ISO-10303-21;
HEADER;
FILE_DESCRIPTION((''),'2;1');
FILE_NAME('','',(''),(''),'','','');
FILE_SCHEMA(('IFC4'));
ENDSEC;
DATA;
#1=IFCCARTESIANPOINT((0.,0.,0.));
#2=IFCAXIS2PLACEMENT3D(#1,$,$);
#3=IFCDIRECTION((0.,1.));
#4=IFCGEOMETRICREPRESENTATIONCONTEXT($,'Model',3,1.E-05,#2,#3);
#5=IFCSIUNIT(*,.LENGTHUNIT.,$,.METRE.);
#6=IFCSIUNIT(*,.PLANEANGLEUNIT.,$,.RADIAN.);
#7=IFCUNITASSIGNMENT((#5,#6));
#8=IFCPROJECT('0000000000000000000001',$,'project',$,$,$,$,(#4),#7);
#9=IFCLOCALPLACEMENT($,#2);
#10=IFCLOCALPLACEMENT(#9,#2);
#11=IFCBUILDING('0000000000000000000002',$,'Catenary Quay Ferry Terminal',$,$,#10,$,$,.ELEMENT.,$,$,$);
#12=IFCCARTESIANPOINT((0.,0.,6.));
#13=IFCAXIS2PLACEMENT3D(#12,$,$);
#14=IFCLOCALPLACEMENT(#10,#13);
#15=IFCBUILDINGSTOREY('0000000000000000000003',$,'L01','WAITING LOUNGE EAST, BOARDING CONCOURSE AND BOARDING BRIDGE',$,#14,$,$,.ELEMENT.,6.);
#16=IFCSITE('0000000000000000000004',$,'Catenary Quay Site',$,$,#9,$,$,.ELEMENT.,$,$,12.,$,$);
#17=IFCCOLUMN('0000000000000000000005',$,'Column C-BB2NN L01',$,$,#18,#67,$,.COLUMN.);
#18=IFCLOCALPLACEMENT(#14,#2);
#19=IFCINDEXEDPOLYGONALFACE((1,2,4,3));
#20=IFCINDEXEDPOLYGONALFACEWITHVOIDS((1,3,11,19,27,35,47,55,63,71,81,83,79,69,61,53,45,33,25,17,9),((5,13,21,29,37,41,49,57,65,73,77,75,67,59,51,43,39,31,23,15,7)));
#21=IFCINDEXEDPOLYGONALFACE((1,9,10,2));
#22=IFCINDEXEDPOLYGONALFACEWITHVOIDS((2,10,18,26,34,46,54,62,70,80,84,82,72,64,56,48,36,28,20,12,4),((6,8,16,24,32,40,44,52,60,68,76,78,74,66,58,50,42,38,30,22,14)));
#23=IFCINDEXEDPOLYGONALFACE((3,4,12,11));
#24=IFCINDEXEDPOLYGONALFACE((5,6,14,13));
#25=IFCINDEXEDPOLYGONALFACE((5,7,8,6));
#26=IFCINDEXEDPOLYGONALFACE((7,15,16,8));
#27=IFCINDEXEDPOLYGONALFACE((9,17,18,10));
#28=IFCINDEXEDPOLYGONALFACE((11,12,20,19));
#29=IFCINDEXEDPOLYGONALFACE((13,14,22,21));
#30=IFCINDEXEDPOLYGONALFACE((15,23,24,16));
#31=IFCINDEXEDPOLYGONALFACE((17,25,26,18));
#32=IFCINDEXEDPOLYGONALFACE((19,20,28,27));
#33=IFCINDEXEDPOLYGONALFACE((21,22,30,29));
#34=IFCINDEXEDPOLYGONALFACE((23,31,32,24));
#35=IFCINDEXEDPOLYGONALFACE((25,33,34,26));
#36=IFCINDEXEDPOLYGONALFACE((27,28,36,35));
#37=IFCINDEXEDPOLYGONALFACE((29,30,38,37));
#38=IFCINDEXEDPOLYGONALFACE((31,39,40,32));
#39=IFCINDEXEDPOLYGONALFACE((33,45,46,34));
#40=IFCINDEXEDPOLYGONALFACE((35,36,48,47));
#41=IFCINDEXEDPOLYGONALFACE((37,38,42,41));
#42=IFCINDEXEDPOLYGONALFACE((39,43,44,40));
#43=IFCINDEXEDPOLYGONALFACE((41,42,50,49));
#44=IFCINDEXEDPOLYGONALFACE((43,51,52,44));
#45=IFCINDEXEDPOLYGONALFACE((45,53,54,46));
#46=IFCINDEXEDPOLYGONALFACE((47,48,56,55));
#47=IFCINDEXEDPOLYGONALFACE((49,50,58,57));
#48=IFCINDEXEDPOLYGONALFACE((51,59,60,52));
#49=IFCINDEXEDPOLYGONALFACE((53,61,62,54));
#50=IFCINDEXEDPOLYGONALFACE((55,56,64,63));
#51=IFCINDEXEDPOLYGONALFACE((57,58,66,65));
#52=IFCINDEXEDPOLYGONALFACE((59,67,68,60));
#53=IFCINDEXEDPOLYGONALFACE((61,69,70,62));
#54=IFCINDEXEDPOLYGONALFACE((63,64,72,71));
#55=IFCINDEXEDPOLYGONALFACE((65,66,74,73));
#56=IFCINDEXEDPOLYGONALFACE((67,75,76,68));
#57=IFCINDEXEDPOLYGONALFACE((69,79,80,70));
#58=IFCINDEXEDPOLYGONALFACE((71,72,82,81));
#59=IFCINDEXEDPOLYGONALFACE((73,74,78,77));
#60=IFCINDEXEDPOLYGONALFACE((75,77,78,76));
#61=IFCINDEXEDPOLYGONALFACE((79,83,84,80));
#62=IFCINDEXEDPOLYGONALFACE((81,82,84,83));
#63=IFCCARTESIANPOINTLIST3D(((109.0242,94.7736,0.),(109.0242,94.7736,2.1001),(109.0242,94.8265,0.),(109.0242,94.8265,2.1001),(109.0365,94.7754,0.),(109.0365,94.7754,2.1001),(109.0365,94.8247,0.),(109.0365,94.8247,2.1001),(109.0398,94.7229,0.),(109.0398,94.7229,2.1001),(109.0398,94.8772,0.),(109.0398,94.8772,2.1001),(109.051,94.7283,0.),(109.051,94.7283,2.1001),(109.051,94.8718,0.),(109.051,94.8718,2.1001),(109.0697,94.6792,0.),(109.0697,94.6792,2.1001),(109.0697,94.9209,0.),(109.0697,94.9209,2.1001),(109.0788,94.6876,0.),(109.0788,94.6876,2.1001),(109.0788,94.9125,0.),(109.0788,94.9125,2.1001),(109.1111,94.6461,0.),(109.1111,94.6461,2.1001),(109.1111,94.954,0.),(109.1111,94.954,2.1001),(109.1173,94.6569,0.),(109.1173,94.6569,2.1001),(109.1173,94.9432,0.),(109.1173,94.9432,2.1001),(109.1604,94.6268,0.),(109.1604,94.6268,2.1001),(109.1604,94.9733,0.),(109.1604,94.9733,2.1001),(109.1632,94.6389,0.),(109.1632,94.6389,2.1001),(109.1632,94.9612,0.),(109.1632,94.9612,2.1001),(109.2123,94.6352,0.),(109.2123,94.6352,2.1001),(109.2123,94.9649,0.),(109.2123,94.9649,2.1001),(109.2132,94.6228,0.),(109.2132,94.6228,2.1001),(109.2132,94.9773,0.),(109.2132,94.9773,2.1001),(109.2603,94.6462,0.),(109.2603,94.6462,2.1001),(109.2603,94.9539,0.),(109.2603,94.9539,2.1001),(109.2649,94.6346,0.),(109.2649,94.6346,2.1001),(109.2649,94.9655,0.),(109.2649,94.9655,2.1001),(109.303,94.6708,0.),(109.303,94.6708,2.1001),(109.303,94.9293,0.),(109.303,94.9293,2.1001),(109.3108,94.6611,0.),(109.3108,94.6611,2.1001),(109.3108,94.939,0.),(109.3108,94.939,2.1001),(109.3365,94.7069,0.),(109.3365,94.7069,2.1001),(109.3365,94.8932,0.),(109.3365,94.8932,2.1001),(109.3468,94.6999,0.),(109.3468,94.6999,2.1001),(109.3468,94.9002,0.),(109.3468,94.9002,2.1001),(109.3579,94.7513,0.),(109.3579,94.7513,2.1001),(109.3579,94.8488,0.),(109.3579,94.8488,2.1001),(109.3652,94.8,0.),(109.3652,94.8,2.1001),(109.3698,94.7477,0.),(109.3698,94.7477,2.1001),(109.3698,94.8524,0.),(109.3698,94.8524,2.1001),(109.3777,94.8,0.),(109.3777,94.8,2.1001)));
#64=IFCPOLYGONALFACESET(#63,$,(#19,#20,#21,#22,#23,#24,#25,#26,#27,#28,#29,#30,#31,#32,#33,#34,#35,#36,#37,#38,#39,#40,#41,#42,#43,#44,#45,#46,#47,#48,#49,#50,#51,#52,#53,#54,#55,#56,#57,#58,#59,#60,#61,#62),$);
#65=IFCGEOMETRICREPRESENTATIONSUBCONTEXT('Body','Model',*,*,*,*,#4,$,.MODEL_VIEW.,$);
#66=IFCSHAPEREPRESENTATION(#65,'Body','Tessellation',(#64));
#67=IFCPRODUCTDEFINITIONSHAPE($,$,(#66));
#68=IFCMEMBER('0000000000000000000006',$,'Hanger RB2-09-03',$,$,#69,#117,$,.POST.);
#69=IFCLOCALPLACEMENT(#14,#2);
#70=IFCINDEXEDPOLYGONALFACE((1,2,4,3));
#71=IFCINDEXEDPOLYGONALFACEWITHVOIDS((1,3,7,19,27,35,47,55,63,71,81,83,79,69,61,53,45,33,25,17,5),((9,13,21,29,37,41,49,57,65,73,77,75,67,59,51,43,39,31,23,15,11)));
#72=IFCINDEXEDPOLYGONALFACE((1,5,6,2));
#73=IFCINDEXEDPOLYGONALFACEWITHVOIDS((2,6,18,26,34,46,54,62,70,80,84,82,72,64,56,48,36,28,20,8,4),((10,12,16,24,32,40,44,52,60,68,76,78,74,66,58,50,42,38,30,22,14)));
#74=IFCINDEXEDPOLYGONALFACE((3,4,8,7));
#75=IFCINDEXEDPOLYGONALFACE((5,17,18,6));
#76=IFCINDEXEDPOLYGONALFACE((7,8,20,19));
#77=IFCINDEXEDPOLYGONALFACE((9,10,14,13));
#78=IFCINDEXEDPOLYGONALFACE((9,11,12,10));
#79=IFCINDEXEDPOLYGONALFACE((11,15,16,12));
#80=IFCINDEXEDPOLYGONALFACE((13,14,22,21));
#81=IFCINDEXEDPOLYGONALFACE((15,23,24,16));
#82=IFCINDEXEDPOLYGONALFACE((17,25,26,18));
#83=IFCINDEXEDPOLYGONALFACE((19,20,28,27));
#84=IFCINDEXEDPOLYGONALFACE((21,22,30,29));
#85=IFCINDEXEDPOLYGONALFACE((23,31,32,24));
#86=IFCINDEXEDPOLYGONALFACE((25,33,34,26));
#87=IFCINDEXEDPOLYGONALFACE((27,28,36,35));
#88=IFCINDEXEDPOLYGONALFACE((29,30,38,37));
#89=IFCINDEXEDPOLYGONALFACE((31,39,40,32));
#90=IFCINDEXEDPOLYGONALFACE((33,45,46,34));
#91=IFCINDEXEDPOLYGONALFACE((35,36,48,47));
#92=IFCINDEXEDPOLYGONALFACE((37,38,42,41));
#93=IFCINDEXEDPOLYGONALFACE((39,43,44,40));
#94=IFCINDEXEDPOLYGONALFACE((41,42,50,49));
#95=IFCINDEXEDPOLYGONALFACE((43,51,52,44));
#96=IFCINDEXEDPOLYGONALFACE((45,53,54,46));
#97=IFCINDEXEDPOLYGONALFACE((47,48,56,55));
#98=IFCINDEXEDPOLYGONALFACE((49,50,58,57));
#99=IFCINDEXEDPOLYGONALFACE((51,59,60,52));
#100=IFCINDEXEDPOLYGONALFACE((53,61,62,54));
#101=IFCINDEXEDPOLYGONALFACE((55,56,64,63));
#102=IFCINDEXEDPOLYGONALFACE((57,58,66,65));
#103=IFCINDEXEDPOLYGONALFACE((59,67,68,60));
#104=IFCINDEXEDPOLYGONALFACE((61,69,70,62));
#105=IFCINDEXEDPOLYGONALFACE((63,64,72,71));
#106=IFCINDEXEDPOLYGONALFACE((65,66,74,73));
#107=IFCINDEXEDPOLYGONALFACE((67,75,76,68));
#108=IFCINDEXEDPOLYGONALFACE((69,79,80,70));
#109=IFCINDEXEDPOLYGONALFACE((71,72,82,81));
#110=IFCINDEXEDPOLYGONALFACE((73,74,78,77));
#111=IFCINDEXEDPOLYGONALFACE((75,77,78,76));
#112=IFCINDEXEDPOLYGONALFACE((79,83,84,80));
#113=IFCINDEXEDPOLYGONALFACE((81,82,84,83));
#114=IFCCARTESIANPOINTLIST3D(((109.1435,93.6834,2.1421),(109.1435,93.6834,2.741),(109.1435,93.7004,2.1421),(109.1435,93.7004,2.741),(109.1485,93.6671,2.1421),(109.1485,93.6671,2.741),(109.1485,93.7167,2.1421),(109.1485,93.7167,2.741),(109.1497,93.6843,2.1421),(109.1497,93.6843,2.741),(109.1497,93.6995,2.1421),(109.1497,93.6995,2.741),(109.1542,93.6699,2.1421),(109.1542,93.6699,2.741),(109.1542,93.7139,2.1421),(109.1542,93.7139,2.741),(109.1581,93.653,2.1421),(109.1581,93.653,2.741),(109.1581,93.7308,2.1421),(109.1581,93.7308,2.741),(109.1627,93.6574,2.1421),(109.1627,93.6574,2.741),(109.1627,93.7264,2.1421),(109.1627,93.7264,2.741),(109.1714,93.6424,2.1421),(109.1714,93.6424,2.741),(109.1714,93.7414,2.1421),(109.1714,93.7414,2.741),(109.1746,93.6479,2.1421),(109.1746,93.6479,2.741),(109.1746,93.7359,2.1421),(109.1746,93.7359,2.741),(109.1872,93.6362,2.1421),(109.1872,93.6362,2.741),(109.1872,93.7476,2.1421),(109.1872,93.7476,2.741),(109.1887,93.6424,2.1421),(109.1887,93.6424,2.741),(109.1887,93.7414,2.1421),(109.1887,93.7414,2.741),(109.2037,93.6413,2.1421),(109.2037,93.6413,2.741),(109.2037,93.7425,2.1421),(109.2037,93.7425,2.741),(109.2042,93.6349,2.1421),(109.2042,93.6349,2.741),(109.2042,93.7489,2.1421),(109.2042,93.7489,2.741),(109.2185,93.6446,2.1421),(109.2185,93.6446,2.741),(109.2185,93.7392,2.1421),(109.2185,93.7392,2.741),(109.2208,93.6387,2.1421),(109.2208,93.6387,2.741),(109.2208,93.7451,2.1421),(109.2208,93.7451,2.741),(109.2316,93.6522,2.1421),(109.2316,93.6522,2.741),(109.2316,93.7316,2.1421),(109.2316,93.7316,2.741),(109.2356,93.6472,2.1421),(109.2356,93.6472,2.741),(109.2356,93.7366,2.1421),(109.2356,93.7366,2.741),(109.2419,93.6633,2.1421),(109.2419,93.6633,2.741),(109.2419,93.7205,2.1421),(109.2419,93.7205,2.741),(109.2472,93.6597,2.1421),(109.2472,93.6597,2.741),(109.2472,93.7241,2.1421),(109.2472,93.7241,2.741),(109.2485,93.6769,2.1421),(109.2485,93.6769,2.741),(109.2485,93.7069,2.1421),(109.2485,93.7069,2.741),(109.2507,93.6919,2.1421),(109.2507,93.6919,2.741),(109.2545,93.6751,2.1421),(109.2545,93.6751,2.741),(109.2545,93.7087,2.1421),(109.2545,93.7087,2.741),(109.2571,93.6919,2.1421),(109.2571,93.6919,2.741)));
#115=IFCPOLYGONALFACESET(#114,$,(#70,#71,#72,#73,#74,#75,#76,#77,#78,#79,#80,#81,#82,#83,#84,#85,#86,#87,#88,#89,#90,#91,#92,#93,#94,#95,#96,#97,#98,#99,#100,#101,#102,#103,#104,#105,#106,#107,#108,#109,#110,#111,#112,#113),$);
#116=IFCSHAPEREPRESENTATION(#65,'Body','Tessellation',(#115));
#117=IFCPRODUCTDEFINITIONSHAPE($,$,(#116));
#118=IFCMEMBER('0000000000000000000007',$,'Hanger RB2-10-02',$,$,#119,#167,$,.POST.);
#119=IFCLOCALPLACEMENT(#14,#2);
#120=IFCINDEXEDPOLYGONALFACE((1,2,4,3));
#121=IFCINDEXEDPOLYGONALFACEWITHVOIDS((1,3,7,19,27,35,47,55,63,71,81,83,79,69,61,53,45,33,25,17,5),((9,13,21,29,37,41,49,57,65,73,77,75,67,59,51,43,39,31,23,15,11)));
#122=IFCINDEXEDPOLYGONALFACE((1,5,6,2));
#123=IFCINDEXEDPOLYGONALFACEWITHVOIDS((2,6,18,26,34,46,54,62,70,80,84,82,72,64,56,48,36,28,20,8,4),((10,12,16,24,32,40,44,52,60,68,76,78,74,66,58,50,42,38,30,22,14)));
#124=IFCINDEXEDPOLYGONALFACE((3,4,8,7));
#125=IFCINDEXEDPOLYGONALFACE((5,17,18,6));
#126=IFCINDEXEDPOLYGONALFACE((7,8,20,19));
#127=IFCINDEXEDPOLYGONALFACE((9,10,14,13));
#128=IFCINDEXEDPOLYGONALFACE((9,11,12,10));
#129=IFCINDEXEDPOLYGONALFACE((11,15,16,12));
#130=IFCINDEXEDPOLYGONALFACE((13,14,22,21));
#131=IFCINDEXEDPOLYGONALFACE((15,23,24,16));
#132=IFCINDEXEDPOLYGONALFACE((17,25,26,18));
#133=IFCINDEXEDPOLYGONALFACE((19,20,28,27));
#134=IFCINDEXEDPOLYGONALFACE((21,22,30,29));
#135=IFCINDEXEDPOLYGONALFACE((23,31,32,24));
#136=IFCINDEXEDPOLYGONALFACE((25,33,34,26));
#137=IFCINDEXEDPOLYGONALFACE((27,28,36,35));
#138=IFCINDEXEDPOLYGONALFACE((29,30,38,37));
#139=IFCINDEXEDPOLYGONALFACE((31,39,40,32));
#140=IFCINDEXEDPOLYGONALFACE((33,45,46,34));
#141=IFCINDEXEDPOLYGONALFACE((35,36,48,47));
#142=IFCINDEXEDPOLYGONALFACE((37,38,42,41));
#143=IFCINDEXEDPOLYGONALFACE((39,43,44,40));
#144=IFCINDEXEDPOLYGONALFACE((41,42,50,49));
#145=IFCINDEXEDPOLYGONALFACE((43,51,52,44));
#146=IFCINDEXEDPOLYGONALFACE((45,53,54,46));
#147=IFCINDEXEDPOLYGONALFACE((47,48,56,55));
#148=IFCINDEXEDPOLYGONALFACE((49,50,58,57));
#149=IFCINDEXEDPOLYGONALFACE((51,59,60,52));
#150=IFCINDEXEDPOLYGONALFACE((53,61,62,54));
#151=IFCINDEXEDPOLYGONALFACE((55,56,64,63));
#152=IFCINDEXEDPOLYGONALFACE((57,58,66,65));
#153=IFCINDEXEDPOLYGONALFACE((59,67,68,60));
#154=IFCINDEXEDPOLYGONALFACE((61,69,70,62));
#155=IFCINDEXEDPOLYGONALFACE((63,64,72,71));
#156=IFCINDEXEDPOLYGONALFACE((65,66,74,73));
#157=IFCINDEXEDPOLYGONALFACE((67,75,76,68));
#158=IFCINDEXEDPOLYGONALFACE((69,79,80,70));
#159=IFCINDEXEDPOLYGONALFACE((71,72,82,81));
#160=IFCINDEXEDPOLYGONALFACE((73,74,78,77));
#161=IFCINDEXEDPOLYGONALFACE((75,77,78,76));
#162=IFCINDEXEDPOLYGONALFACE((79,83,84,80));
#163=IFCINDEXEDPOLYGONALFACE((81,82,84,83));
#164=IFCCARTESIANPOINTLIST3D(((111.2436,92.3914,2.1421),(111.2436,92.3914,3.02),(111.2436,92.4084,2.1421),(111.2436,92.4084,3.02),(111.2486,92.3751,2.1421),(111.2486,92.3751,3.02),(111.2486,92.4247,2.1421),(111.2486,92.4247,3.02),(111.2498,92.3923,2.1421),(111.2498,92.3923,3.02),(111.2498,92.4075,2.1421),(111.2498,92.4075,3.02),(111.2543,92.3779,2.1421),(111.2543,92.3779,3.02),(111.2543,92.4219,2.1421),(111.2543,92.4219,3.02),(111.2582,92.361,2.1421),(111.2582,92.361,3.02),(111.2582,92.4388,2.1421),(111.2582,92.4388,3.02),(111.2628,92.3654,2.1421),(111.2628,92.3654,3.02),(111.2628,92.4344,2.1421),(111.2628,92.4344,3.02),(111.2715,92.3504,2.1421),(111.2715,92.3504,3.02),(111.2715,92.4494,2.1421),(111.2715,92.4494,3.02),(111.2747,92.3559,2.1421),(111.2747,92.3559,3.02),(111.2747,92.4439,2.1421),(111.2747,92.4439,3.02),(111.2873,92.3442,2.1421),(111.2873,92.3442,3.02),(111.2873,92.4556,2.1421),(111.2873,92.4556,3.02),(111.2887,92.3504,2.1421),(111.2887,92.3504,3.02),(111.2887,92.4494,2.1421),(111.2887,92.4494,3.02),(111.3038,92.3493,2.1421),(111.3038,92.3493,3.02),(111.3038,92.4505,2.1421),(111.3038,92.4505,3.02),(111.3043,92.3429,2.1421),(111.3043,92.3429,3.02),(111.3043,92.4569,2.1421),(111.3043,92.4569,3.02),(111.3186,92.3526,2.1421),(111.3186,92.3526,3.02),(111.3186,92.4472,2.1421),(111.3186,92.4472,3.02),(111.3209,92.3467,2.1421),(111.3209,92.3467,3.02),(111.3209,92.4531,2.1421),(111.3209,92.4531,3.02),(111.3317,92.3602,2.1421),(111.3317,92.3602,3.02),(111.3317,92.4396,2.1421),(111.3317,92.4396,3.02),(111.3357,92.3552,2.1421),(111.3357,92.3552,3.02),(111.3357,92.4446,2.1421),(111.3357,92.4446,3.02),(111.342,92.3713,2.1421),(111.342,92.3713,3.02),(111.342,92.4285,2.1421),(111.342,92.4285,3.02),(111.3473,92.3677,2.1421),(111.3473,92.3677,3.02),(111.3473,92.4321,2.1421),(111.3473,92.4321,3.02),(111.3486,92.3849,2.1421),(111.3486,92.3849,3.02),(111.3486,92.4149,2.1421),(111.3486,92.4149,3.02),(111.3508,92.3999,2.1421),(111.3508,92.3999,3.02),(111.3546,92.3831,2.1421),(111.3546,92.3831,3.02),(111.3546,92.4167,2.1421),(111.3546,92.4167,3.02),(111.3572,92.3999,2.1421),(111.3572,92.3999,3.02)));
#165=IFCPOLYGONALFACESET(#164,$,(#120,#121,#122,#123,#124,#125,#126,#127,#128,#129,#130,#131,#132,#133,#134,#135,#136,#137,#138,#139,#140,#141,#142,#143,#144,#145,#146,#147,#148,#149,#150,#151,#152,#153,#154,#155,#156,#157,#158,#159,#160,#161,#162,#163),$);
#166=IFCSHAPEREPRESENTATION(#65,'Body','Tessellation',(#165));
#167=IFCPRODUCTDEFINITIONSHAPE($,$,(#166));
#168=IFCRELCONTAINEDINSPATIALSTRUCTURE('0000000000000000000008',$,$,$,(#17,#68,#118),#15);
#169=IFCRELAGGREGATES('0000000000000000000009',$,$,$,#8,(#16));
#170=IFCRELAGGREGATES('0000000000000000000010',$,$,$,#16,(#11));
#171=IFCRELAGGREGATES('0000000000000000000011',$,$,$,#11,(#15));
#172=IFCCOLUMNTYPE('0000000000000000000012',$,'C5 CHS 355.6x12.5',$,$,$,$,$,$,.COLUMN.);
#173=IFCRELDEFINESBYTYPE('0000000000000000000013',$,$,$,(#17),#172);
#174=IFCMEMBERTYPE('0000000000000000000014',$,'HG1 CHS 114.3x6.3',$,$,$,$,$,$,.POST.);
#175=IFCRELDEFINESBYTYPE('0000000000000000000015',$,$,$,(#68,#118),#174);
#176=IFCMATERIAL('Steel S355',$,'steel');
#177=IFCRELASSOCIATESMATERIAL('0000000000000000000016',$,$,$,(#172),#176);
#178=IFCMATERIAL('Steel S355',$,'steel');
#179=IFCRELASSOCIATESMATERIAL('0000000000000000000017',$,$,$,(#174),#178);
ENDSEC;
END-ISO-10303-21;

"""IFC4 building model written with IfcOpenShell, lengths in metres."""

from ifc_helpers import new_model, si_unit, direction, frame, origin, origin_2d, place, context, subcontext, project, spatial, hollow_circle, extrude, material, material_profile, profile_set, type_object, element, save


model = new_model("IFC4")

# Units and contexts
model_context = context("Model", 3, precision=1e-05, world=origin(), true_north=direction((0.0, 1.0)))
body_context = subcontext(model_context, "Body", "Model", "MODEL_VIEW")
ifc_project = project(units=[si_unit("LENGTHUNIT", "METRE"), si_unit("PLANEANGLEUNIT", "RADIAN")], contexts=[model_context])

# Site, building, storey
site_placement = place(None, origin())
site = spatial("IfcSite", under=ifc_project, at=site_placement, Name="Catenary Quay Site", CompositionType="ELEMENT", RefElevation=12.0)
building_placement = place(site_placement, origin())
building = spatial("IfcBuilding", under=site, at=building_placement, Name="Catenary Quay Ferry Terminal", CompositionType="ELEMENT")
storey_placement = place(building_placement, frame((0.0, 0.0, 6.0)))
storey = spatial("IfcBuildingStorey", under=building, at=storey_placement, Name="L01", Description="WAITING LOUNGE EAST, BOARDING CONCOURSE AND BOARDING BRIDGE", CompositionType="ELEMENT", Elevation=6.0)

# Column
ifc_material_1 = material(Name="Steel S355", Category="steel")
ifc_material_profile_1 = material_profile(ifc_material_1, hollow_circle(Radius=0.1777, WallThickness=0.0125, at=origin_2d()), Name="CHS 355.6x12.5")
ifc_profile_set_1 = profile_set([ifc_material_profile_1], Name="Steel S355")
column_type = type_object("IfcColumnType", Name="C5 CHS 355.6x12.5", PredefinedType="COLUMN", material=ifc_profile_set_1)
column_placement = place(storey_placement, frame((109.2, 94.8, 0.0), z_axis=(0.0, 0.0, 1.0), x_axis=(1.0, 0.0, 0.0)))
element("IfcColumn", 1, at=column_placement, inside=storey, type_object=column_type, Name="Column C-BB2NN L01", PredefinedType="COLUMN", context=body_context, shape_type="SweptSolid", body=[
    extrude(hollow_circle(Radius=0.1777, WallThickness=0.0125, at=origin_2d()), origin(), (0.0, 0.0, 1.0), 2.1001),
])

# Members
ifc_material_2 = material(Name="Steel S355", Category="steel")
ifc_material_profile_2 = material_profile(ifc_material_2, hollow_circle(Radius=0.0571, WallThickness=0.0063, at=origin_2d()), Name="CHS 114.3x6.3")
ifc_profile_set_2 = profile_set([ifc_material_profile_2], Name="Steel S355")
member_type_1 = type_object("IfcMemberType", Name="HG1 CHS 114.3x6.3", PredefinedType="POST", material=ifc_profile_set_2)
member_1_placement = place(storey_placement, frame((109.2, 93.6919, 2.1421), z_axis=(0.0, 0.0, 1.0), x_axis=(1.0, 0.0, 0.0)))
element("IfcMember", 2, at=member_1_placement, inside=storey, type_object=member_type_1, Name="Hanger RB2-09-03", PredefinedType="POST", context=body_context, shape_type="SweptSolid", body=[
    extrude(hollow_circle(Radius=0.0571, WallThickness=0.0063, at=origin_2d()), origin(), (0.0, 0.0, 1.0), 0.5989),
])
member_2_placement = place(storey_placement, frame((111.3, 92.3999, 2.1421), z_axis=(0.0, 0.0, 1.0), x_axis=(1.0, 0.0, 0.0)))
element("IfcMember", 3, at=member_2_placement, inside=storey, type_object=member_type_1, Name="Hanger RB2-10-02", PredefinedType="POST", context=body_context, shape_type="SweptSolid", body=[
    extrude(hollow_circle(Radius=0.0571, WallThickness=0.0063, at=origin_2d()), origin(), (0.0, 0.0, 1.0), 0.8779),
])

save(model, "model.ifc")
